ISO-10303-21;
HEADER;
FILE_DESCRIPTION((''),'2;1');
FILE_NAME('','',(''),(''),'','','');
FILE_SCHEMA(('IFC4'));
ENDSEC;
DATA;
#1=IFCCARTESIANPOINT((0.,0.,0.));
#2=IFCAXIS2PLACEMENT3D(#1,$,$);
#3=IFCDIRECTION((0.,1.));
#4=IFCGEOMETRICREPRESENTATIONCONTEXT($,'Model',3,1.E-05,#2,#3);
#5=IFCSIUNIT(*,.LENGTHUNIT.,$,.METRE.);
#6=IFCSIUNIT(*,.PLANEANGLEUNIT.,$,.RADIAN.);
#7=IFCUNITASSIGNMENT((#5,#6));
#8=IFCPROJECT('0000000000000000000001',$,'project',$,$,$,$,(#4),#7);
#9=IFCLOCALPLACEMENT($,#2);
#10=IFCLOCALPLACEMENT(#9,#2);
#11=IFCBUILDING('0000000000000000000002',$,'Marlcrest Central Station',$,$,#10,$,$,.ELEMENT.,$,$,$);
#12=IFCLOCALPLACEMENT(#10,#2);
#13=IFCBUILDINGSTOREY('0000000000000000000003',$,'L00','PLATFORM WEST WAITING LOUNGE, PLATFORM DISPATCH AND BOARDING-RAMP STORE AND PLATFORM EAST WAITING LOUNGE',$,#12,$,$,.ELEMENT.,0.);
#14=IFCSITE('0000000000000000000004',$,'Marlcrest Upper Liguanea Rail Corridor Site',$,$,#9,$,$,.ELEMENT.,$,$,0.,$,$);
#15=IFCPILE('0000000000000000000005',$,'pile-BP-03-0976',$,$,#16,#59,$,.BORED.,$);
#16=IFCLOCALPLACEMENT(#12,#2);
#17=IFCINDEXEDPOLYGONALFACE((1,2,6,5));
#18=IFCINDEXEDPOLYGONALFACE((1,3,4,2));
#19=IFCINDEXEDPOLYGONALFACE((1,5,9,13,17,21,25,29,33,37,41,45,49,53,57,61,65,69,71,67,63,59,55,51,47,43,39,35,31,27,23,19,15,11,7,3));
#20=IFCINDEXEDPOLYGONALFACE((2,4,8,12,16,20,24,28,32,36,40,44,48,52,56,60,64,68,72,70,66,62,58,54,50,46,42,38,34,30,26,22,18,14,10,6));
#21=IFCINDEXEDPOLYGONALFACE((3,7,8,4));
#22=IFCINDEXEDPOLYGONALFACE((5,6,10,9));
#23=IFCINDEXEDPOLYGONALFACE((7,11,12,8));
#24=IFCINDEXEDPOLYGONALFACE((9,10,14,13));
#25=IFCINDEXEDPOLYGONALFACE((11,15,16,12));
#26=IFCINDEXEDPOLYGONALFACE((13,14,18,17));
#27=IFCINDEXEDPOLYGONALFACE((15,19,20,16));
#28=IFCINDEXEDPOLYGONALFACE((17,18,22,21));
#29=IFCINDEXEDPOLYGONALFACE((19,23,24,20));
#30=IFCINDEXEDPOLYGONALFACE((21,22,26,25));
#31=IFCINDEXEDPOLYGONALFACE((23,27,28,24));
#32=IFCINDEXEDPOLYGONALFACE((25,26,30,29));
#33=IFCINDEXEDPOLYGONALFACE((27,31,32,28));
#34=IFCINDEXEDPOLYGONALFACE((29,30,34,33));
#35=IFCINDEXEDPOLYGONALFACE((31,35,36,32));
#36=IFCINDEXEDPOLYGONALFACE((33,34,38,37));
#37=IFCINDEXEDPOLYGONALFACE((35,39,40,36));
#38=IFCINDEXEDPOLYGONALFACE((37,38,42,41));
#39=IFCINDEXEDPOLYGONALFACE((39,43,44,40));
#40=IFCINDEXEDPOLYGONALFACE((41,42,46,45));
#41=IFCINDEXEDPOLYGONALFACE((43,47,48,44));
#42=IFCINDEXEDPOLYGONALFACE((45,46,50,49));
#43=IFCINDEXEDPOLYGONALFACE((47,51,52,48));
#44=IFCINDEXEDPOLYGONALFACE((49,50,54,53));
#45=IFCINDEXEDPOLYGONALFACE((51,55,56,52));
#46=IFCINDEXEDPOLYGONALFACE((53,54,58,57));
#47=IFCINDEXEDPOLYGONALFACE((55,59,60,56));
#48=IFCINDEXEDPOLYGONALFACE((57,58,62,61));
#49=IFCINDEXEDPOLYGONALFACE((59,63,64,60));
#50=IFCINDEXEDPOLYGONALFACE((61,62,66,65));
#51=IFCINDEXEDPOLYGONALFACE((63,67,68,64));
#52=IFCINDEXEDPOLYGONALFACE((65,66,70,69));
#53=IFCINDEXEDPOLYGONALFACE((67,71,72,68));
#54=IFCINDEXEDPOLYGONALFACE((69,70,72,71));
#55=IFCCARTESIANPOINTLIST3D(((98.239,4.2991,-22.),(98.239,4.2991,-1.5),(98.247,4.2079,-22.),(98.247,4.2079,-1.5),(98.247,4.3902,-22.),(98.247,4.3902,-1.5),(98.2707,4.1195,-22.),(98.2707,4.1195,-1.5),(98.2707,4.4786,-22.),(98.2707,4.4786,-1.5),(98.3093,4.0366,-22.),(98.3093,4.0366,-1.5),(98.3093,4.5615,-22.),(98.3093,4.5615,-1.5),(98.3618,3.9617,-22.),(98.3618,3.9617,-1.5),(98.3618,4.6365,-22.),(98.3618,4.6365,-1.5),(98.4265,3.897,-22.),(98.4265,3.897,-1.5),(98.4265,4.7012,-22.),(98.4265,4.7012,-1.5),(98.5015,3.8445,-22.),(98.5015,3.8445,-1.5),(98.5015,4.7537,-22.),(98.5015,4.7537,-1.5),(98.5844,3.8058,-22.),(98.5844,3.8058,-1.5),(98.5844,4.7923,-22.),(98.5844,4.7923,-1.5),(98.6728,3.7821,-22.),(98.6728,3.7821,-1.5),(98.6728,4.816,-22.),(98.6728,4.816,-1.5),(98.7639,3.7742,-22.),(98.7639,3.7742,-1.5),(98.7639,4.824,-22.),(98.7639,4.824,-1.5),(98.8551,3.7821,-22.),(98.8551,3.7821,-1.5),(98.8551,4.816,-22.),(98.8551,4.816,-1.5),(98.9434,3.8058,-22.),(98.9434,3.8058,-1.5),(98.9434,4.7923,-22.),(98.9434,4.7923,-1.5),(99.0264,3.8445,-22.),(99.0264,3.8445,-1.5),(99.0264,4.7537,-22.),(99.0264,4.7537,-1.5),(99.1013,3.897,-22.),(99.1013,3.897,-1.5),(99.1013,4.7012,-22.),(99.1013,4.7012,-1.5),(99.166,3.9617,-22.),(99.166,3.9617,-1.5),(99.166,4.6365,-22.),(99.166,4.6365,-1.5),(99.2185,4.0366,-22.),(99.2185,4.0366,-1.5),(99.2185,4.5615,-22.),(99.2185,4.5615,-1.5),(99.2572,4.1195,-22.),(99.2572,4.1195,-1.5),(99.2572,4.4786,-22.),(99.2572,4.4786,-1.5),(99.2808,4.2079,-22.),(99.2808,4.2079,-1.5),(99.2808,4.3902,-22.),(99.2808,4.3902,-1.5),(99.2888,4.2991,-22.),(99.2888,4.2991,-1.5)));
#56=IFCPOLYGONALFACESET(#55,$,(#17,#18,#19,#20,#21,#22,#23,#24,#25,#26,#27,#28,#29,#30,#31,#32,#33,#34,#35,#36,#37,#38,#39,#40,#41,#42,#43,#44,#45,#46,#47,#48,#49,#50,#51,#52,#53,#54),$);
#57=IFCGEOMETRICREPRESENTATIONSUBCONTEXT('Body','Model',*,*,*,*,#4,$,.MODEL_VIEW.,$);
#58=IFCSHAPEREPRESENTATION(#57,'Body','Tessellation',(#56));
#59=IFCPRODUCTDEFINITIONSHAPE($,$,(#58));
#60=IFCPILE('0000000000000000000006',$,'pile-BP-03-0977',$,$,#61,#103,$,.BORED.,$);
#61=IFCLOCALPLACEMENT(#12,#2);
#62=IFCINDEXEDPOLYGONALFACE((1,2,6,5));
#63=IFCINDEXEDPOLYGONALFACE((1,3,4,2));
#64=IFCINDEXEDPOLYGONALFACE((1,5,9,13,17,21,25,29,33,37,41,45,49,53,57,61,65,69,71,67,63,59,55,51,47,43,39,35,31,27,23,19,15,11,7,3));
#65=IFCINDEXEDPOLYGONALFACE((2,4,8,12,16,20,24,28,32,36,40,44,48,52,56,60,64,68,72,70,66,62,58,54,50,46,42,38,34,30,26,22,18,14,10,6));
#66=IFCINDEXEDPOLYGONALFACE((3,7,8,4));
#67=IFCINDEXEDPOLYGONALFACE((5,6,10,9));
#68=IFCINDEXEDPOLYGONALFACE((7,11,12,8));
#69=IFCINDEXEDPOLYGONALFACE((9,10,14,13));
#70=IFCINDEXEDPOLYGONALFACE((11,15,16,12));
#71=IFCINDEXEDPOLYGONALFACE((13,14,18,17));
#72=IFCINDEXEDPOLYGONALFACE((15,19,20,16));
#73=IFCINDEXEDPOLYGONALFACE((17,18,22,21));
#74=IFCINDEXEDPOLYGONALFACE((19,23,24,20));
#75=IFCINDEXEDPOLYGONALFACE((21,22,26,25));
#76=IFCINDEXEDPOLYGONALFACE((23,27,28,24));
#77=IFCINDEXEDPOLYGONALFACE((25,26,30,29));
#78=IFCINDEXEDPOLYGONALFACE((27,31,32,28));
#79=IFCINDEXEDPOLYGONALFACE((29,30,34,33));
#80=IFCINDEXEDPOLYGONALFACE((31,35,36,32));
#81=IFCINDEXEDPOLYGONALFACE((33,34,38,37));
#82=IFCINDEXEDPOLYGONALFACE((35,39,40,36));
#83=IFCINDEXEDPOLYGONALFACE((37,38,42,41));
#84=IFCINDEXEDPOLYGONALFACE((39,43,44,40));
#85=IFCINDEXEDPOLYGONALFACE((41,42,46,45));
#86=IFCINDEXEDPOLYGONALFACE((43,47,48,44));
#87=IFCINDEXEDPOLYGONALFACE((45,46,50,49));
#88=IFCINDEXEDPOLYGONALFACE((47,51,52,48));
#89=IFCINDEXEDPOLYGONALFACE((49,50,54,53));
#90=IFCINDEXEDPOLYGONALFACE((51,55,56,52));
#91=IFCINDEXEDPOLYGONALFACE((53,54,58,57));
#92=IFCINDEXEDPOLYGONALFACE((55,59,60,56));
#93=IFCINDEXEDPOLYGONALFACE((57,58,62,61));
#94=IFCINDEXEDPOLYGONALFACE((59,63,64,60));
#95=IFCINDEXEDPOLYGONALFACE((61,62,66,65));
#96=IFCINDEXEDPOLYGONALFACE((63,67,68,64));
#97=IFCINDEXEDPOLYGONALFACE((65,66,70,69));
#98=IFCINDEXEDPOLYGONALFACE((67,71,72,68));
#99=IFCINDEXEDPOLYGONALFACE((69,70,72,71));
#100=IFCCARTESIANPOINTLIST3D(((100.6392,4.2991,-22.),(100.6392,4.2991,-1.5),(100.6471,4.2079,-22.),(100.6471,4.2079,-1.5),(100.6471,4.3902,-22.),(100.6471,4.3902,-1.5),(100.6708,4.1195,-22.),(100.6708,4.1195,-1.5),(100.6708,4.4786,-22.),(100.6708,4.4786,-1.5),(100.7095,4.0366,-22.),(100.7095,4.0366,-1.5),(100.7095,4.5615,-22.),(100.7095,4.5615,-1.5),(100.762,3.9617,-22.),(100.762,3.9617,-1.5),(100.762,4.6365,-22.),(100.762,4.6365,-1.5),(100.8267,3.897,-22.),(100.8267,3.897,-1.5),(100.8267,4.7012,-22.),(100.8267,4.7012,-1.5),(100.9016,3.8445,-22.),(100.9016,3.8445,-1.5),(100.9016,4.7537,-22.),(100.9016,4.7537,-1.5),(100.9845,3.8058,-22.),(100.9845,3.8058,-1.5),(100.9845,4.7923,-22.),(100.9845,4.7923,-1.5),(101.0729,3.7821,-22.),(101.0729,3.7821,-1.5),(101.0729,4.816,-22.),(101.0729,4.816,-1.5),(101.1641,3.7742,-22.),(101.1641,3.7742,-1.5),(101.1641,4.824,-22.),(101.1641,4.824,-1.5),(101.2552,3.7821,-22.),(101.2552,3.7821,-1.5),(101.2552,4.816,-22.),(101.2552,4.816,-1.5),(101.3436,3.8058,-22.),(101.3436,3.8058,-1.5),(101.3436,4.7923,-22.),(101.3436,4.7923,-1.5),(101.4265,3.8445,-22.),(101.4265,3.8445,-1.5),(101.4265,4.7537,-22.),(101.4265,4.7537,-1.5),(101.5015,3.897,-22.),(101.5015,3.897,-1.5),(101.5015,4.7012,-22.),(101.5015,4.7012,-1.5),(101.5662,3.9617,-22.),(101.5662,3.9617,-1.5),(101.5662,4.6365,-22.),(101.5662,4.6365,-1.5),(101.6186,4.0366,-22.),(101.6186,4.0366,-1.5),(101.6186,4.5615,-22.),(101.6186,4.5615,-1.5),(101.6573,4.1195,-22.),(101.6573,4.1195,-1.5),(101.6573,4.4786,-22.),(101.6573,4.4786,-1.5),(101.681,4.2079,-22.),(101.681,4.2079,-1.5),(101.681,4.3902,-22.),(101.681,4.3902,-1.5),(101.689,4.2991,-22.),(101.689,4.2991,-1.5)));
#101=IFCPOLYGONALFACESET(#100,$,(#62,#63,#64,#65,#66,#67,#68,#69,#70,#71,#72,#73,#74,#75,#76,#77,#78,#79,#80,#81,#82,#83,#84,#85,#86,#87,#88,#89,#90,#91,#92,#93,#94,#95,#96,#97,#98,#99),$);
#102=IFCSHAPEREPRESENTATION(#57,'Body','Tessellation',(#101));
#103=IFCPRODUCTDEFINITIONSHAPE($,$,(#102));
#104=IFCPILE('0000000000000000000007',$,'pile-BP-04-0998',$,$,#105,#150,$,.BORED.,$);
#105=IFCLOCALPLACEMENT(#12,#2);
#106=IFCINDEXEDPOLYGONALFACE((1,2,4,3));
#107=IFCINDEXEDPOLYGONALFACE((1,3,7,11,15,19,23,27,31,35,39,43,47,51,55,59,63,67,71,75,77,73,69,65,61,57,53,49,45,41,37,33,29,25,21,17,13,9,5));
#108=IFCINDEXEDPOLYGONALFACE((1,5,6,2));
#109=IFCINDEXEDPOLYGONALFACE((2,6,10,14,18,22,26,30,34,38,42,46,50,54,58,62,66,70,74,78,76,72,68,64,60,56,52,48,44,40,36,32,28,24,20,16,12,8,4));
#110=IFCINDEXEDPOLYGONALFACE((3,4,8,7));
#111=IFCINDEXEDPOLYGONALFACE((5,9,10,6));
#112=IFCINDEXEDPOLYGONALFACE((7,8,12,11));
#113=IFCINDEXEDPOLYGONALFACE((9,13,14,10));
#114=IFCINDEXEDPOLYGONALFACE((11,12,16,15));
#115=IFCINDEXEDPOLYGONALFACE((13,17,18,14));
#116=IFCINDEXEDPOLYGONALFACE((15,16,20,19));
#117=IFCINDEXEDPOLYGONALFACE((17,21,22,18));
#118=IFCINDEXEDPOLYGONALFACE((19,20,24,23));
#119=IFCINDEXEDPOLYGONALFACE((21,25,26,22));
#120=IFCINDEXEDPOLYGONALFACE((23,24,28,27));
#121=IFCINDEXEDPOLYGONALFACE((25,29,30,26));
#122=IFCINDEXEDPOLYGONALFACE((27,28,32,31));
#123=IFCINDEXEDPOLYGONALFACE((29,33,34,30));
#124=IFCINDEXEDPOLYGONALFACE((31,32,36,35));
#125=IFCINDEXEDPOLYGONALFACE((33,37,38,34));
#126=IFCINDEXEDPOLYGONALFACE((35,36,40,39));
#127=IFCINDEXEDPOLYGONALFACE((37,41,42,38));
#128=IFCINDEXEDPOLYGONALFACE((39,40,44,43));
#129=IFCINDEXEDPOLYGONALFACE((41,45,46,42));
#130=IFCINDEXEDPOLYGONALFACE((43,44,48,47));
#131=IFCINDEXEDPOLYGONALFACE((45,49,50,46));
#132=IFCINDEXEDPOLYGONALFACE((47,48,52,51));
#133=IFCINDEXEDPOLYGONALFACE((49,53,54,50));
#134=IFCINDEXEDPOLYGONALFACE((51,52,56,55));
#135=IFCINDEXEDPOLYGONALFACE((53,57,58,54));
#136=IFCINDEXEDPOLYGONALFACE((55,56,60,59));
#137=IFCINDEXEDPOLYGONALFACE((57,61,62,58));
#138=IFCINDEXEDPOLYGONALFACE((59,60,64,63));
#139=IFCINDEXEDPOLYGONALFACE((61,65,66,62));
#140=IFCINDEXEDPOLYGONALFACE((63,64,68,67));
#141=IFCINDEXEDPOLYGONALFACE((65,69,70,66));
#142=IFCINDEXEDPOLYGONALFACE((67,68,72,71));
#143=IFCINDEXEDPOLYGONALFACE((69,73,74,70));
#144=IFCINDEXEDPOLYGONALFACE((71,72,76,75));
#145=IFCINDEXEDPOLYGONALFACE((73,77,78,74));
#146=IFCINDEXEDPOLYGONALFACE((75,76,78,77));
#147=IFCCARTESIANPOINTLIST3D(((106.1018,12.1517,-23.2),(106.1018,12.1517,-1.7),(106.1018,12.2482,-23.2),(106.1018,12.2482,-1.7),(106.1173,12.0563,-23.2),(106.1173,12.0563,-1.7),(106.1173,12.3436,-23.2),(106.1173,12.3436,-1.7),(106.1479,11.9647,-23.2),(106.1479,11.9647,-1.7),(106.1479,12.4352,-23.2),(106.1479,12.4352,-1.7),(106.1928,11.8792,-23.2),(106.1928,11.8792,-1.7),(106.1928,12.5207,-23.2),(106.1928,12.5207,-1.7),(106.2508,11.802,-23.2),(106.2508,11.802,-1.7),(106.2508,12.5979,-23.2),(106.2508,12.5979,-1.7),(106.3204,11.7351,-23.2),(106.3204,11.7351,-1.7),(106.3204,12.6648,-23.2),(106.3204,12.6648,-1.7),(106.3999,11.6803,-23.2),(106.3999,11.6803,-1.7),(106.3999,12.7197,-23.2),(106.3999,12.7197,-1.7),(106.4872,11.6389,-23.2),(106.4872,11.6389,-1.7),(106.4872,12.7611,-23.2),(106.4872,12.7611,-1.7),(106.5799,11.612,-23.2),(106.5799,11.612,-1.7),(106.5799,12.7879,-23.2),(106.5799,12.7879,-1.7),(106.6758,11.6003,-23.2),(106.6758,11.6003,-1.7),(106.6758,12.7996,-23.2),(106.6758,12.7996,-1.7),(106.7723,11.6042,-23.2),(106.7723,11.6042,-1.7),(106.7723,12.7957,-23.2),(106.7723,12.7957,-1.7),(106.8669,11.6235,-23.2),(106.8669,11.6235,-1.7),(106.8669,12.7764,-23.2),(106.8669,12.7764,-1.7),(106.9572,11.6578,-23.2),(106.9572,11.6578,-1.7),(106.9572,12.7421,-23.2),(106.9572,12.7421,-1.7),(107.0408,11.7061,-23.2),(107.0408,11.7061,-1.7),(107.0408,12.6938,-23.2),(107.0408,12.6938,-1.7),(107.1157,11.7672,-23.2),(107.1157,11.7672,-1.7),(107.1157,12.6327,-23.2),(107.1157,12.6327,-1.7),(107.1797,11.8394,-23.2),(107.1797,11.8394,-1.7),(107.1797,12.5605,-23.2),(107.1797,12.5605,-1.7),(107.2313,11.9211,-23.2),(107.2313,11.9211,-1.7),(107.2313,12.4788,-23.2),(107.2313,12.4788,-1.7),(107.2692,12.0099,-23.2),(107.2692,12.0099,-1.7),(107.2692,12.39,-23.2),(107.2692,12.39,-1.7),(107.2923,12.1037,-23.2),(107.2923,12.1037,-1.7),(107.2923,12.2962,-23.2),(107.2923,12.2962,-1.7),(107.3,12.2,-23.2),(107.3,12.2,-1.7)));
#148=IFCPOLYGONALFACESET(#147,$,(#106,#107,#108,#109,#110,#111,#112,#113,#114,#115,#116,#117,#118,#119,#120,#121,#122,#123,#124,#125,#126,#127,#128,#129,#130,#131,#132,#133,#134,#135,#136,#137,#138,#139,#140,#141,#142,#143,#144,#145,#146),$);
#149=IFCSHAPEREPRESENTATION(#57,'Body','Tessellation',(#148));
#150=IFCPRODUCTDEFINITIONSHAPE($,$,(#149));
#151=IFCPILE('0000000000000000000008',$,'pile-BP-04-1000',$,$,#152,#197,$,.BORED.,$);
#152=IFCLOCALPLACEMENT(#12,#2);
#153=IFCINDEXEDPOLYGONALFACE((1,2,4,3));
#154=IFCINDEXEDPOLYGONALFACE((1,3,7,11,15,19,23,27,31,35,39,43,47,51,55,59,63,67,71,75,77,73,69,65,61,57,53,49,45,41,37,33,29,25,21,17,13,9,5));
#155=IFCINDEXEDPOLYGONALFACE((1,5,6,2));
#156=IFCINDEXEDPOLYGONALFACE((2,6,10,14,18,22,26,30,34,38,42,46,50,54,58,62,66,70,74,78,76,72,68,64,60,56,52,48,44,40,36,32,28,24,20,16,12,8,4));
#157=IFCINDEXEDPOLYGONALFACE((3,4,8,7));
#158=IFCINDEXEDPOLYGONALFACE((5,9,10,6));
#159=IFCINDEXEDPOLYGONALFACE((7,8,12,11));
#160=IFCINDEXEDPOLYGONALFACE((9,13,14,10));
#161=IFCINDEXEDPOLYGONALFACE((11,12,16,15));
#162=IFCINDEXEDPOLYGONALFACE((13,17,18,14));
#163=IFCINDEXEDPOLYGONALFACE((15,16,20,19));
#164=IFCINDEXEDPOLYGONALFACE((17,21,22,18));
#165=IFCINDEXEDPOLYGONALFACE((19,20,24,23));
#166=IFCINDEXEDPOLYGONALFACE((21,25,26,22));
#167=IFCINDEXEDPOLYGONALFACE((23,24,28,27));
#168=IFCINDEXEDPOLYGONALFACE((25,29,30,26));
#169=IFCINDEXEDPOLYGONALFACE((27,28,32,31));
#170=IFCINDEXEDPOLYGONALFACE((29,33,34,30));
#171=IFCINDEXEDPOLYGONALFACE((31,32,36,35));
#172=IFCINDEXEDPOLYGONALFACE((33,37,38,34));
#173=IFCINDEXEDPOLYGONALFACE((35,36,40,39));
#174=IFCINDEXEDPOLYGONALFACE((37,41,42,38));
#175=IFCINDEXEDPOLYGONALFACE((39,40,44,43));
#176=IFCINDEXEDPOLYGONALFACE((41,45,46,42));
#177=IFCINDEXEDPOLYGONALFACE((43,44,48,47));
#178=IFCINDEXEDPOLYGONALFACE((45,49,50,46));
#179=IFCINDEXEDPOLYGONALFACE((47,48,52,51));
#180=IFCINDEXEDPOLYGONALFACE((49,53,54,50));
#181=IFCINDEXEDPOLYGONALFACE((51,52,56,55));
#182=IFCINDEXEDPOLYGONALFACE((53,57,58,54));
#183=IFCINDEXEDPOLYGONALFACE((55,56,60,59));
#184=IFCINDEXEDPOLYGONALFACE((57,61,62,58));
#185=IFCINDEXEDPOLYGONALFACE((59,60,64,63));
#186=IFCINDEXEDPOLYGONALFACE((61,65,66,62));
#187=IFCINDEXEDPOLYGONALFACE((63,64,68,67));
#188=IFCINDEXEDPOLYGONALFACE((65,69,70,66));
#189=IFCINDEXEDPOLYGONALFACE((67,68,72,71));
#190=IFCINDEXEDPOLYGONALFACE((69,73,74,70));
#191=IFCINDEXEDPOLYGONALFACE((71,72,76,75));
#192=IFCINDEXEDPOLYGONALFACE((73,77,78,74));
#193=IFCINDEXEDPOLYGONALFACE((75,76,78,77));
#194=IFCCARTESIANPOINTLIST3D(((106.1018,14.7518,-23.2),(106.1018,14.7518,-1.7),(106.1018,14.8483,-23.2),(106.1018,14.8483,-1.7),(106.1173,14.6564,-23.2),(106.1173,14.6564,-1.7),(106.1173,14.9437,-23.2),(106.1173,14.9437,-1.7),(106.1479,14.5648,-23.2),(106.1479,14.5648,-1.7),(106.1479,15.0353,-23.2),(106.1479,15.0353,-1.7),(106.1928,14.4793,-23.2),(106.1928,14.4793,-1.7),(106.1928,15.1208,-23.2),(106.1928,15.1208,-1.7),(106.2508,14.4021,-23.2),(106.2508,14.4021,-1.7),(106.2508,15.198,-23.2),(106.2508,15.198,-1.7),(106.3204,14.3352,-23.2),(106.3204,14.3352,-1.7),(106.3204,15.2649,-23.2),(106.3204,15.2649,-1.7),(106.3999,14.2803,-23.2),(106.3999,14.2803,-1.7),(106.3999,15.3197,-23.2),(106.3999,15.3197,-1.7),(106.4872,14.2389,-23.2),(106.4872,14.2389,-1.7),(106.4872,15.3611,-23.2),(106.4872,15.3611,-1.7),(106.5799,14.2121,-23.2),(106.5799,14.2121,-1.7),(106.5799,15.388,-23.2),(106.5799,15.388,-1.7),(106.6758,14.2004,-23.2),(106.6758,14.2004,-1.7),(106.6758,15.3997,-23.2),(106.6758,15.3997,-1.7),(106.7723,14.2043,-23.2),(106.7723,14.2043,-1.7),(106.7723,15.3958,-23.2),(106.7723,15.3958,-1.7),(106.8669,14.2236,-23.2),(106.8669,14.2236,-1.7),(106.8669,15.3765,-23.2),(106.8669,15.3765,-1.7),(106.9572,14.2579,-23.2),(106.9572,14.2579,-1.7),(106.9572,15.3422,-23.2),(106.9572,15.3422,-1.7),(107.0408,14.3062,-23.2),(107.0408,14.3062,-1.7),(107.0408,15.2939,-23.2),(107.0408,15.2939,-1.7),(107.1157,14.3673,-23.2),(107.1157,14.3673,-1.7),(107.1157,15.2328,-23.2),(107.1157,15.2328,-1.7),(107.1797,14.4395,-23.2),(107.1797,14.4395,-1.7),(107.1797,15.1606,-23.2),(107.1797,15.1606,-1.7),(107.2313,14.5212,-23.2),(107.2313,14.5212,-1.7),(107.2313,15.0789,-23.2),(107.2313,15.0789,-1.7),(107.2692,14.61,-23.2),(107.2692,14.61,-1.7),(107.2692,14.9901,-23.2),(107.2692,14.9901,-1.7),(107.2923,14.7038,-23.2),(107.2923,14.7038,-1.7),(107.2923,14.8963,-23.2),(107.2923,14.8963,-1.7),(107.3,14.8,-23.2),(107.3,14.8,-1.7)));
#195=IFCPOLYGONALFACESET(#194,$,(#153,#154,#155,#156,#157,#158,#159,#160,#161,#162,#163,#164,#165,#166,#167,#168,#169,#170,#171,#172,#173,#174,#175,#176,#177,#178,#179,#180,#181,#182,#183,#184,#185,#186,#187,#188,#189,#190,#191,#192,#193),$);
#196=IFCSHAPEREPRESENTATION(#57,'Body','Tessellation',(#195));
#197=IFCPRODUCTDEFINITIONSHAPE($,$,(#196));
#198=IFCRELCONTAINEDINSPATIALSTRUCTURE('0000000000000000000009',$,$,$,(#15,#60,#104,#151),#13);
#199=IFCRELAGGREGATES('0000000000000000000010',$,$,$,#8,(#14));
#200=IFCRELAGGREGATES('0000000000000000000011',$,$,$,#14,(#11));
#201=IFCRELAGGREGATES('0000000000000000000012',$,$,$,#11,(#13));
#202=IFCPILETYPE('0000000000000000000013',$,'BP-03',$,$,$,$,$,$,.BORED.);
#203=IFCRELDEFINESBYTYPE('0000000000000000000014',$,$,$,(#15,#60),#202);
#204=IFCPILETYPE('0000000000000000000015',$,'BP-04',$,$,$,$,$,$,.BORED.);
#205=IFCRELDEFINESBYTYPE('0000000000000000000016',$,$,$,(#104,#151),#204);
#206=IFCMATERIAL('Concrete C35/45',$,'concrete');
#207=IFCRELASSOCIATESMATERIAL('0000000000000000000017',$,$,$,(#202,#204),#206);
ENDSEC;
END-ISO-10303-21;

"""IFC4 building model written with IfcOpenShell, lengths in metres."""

from ifc_helpers import new_model, si_unit, direction, frame, origin, origin_2d, place, context, subcontext, project, spatial, circle, extrude, material, material_profile, profile_set, type_object, element, save


model = new_model("IFC4")

# Units and contexts
model_context = context("Model", 3, precision=1e-05, world=origin(), true_north=direction((0.0, 1.0)))
body_context = subcontext(model_context, "Body", "Model", "MODEL_VIEW")
ifc_project = project(units=[si_unit("LENGTHUNIT", "METRE"), si_unit("PLANEANGLEUNIT", "RADIAN")], contexts=[model_context])

# Site, building, storey
site_placement = place(None, origin())
site = spatial("IfcSite", under=ifc_project, at=site_placement, Name="Marlcrest Upper Liguanea Rail Corridor Site", CompositionType="ELEMENT", RefElevation=0.0)
building_placement = place(site_placement, origin())
building = spatial("IfcBuilding", under=site, at=building_placement, Name="Marlcrest Central Station", CompositionType="ELEMENT")
storey_placement = place(building_placement, origin())
storey = spatial("IfcBuildingStorey", under=building, at=storey_placement, Name="L00", Description="PLATFORM WEST WAITING LOUNGE, PLATFORM DISPATCH AND BOARDING-RAMP STORE AND PLATFORM EAST WAITING LOUNGE", CompositionType="ELEMENT", Elevation=0.0)

# Piles
ifc_material_1 = material(Name="Concrete C35/45", Category="concrete")
ifc_material_profile_1 = material_profile(ifc_material_1, circle(Radius=0.5249, at=origin_2d()), Name="PILE D1050")
ifc_profile_set_1 = profile_set([ifc_material_profile_1], Name="Concrete C35/45")
pile_type_1 = type_object("IfcPileType", Name="BP-03", PredefinedType="BORED", material=ifc_profile_set_1)
for number, where, z_axis, x_axis, name in (
    (1, (98.7639, 4.2991, -1.5), (0.0, 0.0, -1.0), (1.0, 0.0, 0.0), "pile-BP-03-0976"),
    (2, (101.1641, 4.2991, -1.5), (0.0, 0.0, -1.0), (1.0, 0.0, 0.0), "pile-BP-03-0977"),
):
    element("IfcPile", number, at=place(storey_placement, frame(where, z_axis=z_axis, x_axis=x_axis)), inside=storey, type_object=pile_type_1, Name=name, PredefinedType="BORED", context=body_context, shape_type="SweptSolid", body=[
        extrude(circle(Radius=0.5249, at=origin_2d()), origin(), (0.0, 0.0, 1.0), 20.5),
    ])
ifc_material_profile_2 = material_profile(ifc_material_1, circle(Radius=0.6001, at=origin_2d()), Name="PILE D1200")
ifc_profile_set_2 = profile_set([ifc_material_profile_2], Name="Concrete C35/45")
pile_type_2 = type_object("IfcPileType", Name="BP-04", PredefinedType="BORED", material=ifc_profile_set_2)
for number, where, z_axis, x_axis, name in (
    (3, (106.7, 12.2, -1.7), (0.0, 0.0, -1.0), (1.0, 0.0, 0.0), "pile-BP-04-0998"),
    (4, (106.7, 14.8, -1.7), (0.0, 0.0, -1.0), (1.0, 0.0, 0.0), "pile-BP-04-1000"),
):
    element("IfcPile", number, at=place(storey_placement, frame(where, z_axis=z_axis, x_axis=x_axis)), inside=storey, type_object=pile_type_2, Name=name, PredefinedType="BORED", context=body_context, shape_type="SweptSolid", body=[
        extrude(circle(Radius=0.6001, at=origin_2d()), origin(), (0.0, 0.0, 1.0), 21.5),
    ])

save(model, "model.ifc")
